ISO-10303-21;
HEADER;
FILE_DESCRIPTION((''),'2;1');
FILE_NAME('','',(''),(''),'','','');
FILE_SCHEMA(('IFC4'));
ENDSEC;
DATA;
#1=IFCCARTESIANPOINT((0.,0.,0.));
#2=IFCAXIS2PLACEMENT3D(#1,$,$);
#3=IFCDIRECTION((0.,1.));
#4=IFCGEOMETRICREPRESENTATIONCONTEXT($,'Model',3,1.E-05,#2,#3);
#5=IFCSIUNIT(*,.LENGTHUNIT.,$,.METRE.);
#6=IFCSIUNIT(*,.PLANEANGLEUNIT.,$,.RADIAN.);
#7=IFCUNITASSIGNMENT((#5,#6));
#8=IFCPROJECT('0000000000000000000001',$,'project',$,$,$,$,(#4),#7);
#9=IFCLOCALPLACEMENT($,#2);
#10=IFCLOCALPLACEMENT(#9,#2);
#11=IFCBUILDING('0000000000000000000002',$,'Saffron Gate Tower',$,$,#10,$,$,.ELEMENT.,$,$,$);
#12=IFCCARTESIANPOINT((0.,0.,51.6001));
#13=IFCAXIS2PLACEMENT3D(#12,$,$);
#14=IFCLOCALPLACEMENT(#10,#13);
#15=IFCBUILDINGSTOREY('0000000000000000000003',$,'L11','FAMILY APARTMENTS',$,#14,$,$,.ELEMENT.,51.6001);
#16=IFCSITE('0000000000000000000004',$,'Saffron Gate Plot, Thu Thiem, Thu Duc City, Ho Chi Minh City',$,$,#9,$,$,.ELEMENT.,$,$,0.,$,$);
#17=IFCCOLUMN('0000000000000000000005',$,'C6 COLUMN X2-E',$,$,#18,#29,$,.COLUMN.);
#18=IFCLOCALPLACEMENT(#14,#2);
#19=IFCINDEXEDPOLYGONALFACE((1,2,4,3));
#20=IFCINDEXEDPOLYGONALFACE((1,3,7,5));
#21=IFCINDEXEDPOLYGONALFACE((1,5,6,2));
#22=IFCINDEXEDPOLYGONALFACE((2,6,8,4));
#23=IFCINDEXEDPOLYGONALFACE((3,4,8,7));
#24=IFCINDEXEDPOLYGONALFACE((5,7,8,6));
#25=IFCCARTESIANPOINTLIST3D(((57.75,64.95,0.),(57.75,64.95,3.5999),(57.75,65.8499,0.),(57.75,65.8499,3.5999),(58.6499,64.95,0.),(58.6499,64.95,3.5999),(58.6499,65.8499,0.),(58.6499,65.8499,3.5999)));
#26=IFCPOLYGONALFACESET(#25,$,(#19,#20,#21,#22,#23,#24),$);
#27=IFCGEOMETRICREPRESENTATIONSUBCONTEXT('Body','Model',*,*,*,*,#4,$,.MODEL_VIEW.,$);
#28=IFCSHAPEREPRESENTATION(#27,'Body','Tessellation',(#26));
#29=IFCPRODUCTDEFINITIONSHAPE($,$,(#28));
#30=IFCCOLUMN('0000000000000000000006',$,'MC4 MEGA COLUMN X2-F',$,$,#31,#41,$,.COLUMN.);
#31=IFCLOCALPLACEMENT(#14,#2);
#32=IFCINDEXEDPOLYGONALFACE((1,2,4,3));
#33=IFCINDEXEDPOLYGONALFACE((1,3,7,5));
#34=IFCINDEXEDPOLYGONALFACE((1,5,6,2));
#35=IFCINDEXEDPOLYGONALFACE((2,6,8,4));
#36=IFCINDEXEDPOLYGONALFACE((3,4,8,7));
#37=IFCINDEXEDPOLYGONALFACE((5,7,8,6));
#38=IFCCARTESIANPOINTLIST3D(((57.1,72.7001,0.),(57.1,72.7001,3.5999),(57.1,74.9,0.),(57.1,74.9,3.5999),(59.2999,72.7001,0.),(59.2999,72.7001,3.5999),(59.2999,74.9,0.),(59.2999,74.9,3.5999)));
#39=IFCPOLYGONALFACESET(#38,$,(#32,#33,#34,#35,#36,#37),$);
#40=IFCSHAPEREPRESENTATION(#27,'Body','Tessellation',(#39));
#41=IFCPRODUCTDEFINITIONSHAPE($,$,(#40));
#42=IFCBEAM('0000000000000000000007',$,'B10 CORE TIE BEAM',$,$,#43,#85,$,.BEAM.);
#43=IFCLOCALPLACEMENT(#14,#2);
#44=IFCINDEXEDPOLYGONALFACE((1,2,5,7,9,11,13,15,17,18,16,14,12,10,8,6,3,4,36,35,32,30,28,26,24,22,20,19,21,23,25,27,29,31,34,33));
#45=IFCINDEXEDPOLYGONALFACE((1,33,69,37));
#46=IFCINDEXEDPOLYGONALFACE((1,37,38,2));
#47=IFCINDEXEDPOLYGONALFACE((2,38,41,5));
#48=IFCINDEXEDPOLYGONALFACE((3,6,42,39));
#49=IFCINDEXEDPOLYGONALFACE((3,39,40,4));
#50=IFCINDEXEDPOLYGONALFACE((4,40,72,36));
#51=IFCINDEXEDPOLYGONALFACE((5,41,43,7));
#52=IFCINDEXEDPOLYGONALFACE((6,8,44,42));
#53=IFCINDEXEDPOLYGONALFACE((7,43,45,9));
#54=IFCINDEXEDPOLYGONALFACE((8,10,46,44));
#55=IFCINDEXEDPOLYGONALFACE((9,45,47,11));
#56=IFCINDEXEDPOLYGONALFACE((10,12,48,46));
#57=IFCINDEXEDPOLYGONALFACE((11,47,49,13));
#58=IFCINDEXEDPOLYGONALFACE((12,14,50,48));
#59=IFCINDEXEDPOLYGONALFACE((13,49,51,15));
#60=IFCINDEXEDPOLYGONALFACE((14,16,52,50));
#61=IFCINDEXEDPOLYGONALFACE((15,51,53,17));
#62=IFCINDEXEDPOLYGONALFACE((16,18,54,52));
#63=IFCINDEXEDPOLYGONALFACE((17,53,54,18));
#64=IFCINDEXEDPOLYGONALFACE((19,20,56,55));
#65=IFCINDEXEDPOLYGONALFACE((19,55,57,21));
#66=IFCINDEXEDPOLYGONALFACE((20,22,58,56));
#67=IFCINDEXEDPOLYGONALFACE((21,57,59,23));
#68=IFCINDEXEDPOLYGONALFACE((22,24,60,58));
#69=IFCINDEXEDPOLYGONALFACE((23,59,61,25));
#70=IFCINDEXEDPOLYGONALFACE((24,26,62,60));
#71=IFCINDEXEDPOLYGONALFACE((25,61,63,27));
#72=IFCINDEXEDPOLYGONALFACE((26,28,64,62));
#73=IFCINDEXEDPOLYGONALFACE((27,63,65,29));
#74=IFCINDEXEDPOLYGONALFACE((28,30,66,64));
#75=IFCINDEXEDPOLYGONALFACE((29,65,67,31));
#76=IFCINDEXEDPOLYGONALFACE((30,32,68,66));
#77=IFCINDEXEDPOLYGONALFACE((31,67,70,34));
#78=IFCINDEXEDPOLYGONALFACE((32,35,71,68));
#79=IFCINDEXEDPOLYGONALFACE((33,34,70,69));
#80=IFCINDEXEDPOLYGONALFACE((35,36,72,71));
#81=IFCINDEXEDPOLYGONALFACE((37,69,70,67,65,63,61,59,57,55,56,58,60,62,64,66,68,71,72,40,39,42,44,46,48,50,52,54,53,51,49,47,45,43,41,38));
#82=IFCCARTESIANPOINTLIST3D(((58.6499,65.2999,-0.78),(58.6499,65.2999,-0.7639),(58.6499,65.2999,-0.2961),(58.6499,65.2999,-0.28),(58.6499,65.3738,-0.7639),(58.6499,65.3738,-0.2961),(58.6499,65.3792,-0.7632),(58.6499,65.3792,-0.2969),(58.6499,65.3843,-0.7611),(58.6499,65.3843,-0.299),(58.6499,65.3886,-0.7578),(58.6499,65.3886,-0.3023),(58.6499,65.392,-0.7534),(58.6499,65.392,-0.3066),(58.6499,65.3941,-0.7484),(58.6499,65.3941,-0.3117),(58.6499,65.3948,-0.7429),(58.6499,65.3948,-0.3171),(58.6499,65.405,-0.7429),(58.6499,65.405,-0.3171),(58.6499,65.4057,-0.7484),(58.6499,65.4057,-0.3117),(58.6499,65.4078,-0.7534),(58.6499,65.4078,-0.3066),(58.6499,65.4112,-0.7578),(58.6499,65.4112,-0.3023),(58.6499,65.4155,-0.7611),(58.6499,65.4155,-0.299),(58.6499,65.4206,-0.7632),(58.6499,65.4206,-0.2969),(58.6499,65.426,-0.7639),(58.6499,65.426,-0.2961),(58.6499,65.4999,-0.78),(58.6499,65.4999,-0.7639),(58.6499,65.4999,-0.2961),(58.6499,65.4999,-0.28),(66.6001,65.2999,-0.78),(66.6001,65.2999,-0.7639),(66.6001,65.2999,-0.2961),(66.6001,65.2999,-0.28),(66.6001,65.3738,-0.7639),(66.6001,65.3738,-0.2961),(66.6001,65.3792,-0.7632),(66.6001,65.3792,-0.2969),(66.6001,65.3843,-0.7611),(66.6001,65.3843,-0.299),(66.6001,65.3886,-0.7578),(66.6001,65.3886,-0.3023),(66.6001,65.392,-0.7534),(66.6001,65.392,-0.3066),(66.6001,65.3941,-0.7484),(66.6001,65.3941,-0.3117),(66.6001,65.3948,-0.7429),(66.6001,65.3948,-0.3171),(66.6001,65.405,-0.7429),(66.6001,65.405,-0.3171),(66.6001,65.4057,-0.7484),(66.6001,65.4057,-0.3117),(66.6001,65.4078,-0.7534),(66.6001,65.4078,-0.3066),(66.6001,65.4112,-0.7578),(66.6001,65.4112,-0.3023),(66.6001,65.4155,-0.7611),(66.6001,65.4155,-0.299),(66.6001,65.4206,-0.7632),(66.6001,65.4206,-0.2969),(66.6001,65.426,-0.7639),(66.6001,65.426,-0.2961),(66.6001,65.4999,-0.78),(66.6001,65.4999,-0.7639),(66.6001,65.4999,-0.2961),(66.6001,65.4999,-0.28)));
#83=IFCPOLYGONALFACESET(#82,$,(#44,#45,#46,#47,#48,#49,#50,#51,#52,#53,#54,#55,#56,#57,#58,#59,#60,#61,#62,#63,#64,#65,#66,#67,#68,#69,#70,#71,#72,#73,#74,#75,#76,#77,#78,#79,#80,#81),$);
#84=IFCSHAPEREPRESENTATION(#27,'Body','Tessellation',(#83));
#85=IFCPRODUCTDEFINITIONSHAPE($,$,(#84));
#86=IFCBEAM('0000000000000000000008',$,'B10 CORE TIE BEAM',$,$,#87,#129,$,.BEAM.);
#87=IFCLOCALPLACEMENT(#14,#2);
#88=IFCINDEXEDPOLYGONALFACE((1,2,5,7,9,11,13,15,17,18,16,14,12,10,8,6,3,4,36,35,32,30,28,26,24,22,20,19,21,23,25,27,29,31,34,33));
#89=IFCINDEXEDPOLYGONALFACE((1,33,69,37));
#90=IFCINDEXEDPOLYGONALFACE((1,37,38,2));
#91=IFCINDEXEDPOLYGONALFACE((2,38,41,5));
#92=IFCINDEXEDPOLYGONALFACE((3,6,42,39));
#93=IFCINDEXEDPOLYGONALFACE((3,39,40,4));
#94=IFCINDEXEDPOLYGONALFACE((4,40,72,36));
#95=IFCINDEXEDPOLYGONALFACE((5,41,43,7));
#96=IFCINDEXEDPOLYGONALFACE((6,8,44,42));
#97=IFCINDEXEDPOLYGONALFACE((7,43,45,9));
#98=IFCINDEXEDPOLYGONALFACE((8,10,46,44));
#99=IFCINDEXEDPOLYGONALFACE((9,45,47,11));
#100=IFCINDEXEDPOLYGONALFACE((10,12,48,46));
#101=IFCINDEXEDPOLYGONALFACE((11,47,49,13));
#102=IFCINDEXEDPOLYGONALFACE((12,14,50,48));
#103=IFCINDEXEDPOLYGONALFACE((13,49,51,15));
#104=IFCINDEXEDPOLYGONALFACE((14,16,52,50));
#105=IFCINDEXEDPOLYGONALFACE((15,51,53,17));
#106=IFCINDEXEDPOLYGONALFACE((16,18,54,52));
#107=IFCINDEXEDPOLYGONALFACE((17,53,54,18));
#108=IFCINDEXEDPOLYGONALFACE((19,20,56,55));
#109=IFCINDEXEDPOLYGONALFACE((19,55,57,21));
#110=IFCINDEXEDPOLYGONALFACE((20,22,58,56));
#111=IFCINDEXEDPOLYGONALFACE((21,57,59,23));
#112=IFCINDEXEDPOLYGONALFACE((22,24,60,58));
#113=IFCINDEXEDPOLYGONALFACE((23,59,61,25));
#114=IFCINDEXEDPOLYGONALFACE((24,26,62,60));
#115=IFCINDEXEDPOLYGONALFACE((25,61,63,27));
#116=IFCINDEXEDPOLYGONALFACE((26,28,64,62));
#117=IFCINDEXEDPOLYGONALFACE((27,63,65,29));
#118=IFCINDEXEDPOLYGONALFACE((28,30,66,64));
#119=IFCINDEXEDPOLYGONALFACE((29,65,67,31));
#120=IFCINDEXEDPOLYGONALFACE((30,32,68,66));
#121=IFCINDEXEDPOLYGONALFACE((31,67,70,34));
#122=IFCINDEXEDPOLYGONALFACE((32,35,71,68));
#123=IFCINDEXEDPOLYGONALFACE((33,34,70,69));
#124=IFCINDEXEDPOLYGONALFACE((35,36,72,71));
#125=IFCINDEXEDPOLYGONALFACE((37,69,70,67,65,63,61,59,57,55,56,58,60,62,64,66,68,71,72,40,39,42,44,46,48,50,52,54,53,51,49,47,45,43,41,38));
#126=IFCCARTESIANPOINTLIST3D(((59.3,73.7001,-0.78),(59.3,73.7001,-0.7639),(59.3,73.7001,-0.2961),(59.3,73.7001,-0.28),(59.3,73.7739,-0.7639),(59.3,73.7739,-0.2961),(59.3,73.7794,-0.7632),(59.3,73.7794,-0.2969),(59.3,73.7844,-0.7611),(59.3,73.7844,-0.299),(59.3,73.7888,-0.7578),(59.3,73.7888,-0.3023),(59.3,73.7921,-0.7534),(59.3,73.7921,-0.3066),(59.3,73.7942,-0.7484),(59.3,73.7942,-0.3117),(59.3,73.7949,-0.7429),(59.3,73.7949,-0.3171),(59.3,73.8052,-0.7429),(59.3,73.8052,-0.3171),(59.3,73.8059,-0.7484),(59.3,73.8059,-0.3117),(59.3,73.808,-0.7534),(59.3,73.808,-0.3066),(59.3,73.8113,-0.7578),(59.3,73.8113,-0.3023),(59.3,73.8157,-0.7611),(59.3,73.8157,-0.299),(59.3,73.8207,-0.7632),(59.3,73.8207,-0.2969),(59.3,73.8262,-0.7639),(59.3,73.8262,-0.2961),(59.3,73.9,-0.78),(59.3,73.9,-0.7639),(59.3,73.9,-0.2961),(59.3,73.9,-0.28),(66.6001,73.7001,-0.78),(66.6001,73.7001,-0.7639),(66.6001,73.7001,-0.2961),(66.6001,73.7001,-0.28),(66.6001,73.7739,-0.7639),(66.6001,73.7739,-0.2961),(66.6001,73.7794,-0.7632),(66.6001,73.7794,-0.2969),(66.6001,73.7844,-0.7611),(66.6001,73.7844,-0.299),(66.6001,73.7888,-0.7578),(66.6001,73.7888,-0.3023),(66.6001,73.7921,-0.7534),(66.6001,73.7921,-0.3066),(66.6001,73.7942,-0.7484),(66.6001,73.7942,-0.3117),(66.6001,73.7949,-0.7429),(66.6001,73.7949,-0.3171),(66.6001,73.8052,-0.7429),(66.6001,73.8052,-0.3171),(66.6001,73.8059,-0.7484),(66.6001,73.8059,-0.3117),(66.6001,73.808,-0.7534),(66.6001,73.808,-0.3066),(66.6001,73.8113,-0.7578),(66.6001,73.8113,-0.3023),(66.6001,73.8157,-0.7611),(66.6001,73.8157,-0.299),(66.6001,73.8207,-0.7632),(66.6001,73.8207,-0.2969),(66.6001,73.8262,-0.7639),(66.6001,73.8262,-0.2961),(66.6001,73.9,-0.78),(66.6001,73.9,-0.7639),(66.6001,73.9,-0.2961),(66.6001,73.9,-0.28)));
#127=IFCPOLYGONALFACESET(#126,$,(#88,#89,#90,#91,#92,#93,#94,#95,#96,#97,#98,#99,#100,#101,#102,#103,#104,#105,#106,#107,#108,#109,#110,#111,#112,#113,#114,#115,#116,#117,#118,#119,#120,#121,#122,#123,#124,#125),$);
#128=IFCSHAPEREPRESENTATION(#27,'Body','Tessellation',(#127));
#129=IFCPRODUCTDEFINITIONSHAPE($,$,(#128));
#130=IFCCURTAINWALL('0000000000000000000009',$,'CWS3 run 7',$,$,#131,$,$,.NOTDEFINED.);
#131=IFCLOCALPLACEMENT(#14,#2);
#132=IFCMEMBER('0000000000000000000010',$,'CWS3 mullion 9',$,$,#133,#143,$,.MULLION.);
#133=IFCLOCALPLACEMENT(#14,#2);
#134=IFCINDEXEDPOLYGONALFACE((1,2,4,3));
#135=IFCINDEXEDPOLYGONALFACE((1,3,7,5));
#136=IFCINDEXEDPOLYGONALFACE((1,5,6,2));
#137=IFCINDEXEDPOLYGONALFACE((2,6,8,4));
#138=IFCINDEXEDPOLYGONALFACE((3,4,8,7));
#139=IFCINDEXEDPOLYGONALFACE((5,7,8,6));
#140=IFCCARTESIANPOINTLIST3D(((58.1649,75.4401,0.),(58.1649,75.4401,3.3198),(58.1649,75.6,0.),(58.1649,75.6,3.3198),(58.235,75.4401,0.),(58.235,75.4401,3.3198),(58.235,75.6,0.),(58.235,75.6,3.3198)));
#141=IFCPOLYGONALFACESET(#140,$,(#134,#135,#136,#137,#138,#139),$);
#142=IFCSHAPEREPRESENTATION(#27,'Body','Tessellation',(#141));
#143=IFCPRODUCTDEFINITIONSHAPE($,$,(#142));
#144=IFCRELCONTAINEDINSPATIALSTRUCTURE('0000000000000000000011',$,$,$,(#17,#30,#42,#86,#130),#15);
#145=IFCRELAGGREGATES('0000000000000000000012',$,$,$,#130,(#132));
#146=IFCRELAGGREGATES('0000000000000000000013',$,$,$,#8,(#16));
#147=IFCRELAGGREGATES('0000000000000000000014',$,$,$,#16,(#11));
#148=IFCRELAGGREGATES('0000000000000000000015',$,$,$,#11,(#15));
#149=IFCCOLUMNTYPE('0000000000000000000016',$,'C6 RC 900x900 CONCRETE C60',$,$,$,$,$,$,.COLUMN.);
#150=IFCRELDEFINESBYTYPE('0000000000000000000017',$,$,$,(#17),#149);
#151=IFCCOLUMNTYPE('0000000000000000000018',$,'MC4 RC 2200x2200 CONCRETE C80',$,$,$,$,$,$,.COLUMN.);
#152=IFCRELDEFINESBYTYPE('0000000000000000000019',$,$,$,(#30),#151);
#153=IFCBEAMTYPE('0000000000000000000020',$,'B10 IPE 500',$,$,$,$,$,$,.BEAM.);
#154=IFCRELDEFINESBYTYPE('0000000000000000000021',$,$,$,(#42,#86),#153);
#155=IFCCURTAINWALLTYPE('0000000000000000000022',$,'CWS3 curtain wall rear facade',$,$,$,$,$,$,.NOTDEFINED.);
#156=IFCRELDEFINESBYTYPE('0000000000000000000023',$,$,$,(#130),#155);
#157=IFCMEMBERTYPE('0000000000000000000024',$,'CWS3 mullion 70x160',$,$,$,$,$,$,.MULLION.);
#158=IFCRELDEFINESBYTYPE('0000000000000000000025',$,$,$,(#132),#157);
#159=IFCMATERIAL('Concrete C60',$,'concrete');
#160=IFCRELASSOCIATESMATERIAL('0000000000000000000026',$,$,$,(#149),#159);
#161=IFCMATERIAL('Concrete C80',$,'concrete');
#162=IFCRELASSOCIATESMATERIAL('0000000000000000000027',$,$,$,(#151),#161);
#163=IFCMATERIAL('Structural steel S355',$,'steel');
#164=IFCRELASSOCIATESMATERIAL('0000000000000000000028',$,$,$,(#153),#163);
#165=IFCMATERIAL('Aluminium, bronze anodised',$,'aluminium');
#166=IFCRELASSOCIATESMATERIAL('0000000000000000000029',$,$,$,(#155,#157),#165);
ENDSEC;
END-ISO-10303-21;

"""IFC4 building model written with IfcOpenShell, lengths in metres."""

from ifc_helpers import new_model, si_unit, direction, frame, origin, origin_2d, place, context, subcontext, project, spatial, rectangle, i_section, extrude, material, material_profile, profile_set, type_object, element, aggregate, save


model = new_model("IFC4")

# Units and contexts
model_context = context("Model", 3, precision=1e-05, world=origin(), true_north=direction((0.0, 1.0)))
body_context = subcontext(model_context, "Body", "Model", "MODEL_VIEW")
ifc_project = project(units=[si_unit("LENGTHUNIT", "METRE"), si_unit("PLANEANGLEUNIT", "RADIAN")], contexts=[model_context])

# Site, building, storey
site_placement = place(None, origin())
site = spatial("IfcSite", under=ifc_project, at=site_placement, Name="Saffron Gate Plot, Thu Thiem, Thu Duc City, Ho Chi Minh City", CompositionType="ELEMENT", RefElevation=0.0)
building_placement = place(site_placement, origin())
building = spatial("IfcBuilding", under=site, at=building_placement, Name="Saffron Gate Tower", CompositionType="ELEMENT")
storey_placement = place(building_placement, frame((0.0, 0.0, 51.6001)))
storey = spatial("IfcBuildingStorey", under=building, at=storey_placement, Name="L11", Description="FAMILY APARTMENTS", CompositionType="ELEMENT", Elevation=51.6001)

# Columns
ifc_material_1 = material(Name="Concrete C60", Category="concrete")
ifc_material_profile_1 = material_profile(ifc_material_1, rectangle(XDim=0.8999, YDim=0.8999, at=origin_2d()))
ifc_profile_set_1 = profile_set([ifc_material_profile_1], Name="Concrete C60")
column_type_1 = type_object("IfcColumnType", Name="C6 RC 900x900 CONCRETE C60", PredefinedType="COLUMN", material=ifc_profile_set_1)
column_1_placement = place(storey_placement, frame((58.2, 65.3999, 0.0), z_axis=(0.0, 0.0, 1.0), x_axis=(1.0, 0.0, 0.0)))
element("IfcColumn", 1, at=column_1_placement, inside=storey, type_object=column_type_1, Name="C6 COLUMN X2-E", PredefinedType="COLUMN", context=body_context, shape_type="SweptSolid", body=[
    extrude(rectangle(XDim=0.8999, YDim=0.8999, at=origin_2d()), origin(), (0.0, 0.0, 1.0), 3.5999),
])
ifc_material_2 = material(Name="Concrete C80", Category="concrete")
ifc_material_profile_2 = material_profile(ifc_material_2, rectangle(XDim=2.2, YDim=2.2, at=origin_2d()))
ifc_profile_set_2 = profile_set([ifc_material_profile_2], Name="Concrete C80")
column_type_2 = type_object("IfcColumnType", Name="MC4 RC 2200x2200 CONCRETE C80", PredefinedType="COLUMN", material=ifc_profile_set_2)
column_2_placement = place(storey_placement, frame((58.2, 73.8, 0.0), z_axis=(0.0, 0.0, 1.0), x_axis=(1.0, 0.0, 0.0)))
element("IfcColumn", 2, at=column_2_placement, inside=storey, type_object=column_type_2, Name="MC4 MEGA COLUMN X2-F", PredefinedType="COLUMN", context=body_context, shape_type="SweptSolid", body=[
    extrude(rectangle(XDim=2.2, YDim=2.2, at=origin_2d()), origin(), (0.0, 0.0, 1.0), 3.5999),
])

# Beams
ifc_material_3 = material(Name="Structural steel S355", Category="steel")
ifc_material_profile_3 = material_profile(ifc_material_3, i_section(OverallWidth=0.2, OverallDepth=0.5, WebThickness=0.0103, FlangeThickness=0.0161, FilletRadius=0.021, at=origin_2d()))
ifc_profile_set_3 = profile_set([ifc_material_profile_3], Name="Structural steel S355")
beam_type = type_object("IfcBeamType", Name="B10 IPE 500", PredefinedType="BEAM", material=ifc_profile_set_3)
beam_1_placement = place(storey_placement, frame((58.6499, 65.3999, -0.53), z_axis=(1.0, 0.0, 0.0), x_axis=(0.0, 1.0, 0.0)))
element("IfcBeam", 3, at=beam_1_placement, inside=storey, type_object=beam_type, Name="B10 CORE TIE BEAM", PredefinedType="BEAM", context=body_context, shape_type="SweptSolid", body=[
    extrude(i_section(OverallWidth=0.2, OverallDepth=0.5, WebThickness=0.0103, FlangeThickness=0.0161, FilletRadius=0.021, at=origin_2d()), origin(), (0.0, 0.0, 1.0), 7.9502),
])
beam_2_placement = place(storey_placement, frame((59.3, 73.8, -0.53), z_axis=(1.0, 0.0, 0.0), x_axis=(0.0, 1.0, 0.0)))
element("IfcBeam", 4, at=beam_2_placement, inside=storey, type_object=beam_type, Name="B10 CORE TIE BEAM", PredefinedType="BEAM", context=body_context, shape_type="SweptSolid", body=[
    extrude(i_section(OverallWidth=0.2, OverallDepth=0.5, WebThickness=0.0103, FlangeThickness=0.0161, FilletRadius=0.021, at=origin_2d()), origin(), (0.0, 0.0, 1.0), 7.3),
])

# Curtain wall, member
ifc_material_4 = material(Name="Aluminium, bronze anodised", Category="aluminium")
curtain_wall_type = type_object("IfcCurtainWallType", Name="CWS3 curtain wall rear facade", PredefinedType="NOTDEFINED", material=ifc_material_4)
curtain_wall_placement = place(storey_placement, origin())
curtain_wall = element("IfcCurtainWall", 5, at=curtain_wall_placement, inside=storey, type_object=curtain_wall_type, Name="CWS3 run 7", PredefinedType="NOTDEFINED")
ifc_material_profile_4 = material_profile(ifc_material_4, rectangle(XDim=0.1599, YDim=0.0701, at=origin_2d()))
ifc_profile_set_4 = profile_set([ifc_material_profile_4], Name="Aluminium, bronze anodised")
member_type = type_object("IfcMemberType", Name="CWS3 mullion 70x160", PredefinedType="MULLION", material=ifc_profile_set_4)
member_placement = place(storey_placement, frame((58.2, 75.52, 0.0), z_axis=(0.0, 0.0, 1.0), x_axis=(0.0, -1.0, 0.0)))
member = element("IfcMember", 6, at=member_placement, type_object=member_type, Name="CWS3 mullion 9", PredefinedType="MULLION", context=body_context, shape_type="SweptSolid", body=[
    extrude(rectangle(XDim=0.1599, YDim=0.0701, at=origin_2d()), origin(), (0.0, 0.0, 1.0), 3.3198),
])
aggregate(curtain_wall, [member])

save(model, "model.ifc")
